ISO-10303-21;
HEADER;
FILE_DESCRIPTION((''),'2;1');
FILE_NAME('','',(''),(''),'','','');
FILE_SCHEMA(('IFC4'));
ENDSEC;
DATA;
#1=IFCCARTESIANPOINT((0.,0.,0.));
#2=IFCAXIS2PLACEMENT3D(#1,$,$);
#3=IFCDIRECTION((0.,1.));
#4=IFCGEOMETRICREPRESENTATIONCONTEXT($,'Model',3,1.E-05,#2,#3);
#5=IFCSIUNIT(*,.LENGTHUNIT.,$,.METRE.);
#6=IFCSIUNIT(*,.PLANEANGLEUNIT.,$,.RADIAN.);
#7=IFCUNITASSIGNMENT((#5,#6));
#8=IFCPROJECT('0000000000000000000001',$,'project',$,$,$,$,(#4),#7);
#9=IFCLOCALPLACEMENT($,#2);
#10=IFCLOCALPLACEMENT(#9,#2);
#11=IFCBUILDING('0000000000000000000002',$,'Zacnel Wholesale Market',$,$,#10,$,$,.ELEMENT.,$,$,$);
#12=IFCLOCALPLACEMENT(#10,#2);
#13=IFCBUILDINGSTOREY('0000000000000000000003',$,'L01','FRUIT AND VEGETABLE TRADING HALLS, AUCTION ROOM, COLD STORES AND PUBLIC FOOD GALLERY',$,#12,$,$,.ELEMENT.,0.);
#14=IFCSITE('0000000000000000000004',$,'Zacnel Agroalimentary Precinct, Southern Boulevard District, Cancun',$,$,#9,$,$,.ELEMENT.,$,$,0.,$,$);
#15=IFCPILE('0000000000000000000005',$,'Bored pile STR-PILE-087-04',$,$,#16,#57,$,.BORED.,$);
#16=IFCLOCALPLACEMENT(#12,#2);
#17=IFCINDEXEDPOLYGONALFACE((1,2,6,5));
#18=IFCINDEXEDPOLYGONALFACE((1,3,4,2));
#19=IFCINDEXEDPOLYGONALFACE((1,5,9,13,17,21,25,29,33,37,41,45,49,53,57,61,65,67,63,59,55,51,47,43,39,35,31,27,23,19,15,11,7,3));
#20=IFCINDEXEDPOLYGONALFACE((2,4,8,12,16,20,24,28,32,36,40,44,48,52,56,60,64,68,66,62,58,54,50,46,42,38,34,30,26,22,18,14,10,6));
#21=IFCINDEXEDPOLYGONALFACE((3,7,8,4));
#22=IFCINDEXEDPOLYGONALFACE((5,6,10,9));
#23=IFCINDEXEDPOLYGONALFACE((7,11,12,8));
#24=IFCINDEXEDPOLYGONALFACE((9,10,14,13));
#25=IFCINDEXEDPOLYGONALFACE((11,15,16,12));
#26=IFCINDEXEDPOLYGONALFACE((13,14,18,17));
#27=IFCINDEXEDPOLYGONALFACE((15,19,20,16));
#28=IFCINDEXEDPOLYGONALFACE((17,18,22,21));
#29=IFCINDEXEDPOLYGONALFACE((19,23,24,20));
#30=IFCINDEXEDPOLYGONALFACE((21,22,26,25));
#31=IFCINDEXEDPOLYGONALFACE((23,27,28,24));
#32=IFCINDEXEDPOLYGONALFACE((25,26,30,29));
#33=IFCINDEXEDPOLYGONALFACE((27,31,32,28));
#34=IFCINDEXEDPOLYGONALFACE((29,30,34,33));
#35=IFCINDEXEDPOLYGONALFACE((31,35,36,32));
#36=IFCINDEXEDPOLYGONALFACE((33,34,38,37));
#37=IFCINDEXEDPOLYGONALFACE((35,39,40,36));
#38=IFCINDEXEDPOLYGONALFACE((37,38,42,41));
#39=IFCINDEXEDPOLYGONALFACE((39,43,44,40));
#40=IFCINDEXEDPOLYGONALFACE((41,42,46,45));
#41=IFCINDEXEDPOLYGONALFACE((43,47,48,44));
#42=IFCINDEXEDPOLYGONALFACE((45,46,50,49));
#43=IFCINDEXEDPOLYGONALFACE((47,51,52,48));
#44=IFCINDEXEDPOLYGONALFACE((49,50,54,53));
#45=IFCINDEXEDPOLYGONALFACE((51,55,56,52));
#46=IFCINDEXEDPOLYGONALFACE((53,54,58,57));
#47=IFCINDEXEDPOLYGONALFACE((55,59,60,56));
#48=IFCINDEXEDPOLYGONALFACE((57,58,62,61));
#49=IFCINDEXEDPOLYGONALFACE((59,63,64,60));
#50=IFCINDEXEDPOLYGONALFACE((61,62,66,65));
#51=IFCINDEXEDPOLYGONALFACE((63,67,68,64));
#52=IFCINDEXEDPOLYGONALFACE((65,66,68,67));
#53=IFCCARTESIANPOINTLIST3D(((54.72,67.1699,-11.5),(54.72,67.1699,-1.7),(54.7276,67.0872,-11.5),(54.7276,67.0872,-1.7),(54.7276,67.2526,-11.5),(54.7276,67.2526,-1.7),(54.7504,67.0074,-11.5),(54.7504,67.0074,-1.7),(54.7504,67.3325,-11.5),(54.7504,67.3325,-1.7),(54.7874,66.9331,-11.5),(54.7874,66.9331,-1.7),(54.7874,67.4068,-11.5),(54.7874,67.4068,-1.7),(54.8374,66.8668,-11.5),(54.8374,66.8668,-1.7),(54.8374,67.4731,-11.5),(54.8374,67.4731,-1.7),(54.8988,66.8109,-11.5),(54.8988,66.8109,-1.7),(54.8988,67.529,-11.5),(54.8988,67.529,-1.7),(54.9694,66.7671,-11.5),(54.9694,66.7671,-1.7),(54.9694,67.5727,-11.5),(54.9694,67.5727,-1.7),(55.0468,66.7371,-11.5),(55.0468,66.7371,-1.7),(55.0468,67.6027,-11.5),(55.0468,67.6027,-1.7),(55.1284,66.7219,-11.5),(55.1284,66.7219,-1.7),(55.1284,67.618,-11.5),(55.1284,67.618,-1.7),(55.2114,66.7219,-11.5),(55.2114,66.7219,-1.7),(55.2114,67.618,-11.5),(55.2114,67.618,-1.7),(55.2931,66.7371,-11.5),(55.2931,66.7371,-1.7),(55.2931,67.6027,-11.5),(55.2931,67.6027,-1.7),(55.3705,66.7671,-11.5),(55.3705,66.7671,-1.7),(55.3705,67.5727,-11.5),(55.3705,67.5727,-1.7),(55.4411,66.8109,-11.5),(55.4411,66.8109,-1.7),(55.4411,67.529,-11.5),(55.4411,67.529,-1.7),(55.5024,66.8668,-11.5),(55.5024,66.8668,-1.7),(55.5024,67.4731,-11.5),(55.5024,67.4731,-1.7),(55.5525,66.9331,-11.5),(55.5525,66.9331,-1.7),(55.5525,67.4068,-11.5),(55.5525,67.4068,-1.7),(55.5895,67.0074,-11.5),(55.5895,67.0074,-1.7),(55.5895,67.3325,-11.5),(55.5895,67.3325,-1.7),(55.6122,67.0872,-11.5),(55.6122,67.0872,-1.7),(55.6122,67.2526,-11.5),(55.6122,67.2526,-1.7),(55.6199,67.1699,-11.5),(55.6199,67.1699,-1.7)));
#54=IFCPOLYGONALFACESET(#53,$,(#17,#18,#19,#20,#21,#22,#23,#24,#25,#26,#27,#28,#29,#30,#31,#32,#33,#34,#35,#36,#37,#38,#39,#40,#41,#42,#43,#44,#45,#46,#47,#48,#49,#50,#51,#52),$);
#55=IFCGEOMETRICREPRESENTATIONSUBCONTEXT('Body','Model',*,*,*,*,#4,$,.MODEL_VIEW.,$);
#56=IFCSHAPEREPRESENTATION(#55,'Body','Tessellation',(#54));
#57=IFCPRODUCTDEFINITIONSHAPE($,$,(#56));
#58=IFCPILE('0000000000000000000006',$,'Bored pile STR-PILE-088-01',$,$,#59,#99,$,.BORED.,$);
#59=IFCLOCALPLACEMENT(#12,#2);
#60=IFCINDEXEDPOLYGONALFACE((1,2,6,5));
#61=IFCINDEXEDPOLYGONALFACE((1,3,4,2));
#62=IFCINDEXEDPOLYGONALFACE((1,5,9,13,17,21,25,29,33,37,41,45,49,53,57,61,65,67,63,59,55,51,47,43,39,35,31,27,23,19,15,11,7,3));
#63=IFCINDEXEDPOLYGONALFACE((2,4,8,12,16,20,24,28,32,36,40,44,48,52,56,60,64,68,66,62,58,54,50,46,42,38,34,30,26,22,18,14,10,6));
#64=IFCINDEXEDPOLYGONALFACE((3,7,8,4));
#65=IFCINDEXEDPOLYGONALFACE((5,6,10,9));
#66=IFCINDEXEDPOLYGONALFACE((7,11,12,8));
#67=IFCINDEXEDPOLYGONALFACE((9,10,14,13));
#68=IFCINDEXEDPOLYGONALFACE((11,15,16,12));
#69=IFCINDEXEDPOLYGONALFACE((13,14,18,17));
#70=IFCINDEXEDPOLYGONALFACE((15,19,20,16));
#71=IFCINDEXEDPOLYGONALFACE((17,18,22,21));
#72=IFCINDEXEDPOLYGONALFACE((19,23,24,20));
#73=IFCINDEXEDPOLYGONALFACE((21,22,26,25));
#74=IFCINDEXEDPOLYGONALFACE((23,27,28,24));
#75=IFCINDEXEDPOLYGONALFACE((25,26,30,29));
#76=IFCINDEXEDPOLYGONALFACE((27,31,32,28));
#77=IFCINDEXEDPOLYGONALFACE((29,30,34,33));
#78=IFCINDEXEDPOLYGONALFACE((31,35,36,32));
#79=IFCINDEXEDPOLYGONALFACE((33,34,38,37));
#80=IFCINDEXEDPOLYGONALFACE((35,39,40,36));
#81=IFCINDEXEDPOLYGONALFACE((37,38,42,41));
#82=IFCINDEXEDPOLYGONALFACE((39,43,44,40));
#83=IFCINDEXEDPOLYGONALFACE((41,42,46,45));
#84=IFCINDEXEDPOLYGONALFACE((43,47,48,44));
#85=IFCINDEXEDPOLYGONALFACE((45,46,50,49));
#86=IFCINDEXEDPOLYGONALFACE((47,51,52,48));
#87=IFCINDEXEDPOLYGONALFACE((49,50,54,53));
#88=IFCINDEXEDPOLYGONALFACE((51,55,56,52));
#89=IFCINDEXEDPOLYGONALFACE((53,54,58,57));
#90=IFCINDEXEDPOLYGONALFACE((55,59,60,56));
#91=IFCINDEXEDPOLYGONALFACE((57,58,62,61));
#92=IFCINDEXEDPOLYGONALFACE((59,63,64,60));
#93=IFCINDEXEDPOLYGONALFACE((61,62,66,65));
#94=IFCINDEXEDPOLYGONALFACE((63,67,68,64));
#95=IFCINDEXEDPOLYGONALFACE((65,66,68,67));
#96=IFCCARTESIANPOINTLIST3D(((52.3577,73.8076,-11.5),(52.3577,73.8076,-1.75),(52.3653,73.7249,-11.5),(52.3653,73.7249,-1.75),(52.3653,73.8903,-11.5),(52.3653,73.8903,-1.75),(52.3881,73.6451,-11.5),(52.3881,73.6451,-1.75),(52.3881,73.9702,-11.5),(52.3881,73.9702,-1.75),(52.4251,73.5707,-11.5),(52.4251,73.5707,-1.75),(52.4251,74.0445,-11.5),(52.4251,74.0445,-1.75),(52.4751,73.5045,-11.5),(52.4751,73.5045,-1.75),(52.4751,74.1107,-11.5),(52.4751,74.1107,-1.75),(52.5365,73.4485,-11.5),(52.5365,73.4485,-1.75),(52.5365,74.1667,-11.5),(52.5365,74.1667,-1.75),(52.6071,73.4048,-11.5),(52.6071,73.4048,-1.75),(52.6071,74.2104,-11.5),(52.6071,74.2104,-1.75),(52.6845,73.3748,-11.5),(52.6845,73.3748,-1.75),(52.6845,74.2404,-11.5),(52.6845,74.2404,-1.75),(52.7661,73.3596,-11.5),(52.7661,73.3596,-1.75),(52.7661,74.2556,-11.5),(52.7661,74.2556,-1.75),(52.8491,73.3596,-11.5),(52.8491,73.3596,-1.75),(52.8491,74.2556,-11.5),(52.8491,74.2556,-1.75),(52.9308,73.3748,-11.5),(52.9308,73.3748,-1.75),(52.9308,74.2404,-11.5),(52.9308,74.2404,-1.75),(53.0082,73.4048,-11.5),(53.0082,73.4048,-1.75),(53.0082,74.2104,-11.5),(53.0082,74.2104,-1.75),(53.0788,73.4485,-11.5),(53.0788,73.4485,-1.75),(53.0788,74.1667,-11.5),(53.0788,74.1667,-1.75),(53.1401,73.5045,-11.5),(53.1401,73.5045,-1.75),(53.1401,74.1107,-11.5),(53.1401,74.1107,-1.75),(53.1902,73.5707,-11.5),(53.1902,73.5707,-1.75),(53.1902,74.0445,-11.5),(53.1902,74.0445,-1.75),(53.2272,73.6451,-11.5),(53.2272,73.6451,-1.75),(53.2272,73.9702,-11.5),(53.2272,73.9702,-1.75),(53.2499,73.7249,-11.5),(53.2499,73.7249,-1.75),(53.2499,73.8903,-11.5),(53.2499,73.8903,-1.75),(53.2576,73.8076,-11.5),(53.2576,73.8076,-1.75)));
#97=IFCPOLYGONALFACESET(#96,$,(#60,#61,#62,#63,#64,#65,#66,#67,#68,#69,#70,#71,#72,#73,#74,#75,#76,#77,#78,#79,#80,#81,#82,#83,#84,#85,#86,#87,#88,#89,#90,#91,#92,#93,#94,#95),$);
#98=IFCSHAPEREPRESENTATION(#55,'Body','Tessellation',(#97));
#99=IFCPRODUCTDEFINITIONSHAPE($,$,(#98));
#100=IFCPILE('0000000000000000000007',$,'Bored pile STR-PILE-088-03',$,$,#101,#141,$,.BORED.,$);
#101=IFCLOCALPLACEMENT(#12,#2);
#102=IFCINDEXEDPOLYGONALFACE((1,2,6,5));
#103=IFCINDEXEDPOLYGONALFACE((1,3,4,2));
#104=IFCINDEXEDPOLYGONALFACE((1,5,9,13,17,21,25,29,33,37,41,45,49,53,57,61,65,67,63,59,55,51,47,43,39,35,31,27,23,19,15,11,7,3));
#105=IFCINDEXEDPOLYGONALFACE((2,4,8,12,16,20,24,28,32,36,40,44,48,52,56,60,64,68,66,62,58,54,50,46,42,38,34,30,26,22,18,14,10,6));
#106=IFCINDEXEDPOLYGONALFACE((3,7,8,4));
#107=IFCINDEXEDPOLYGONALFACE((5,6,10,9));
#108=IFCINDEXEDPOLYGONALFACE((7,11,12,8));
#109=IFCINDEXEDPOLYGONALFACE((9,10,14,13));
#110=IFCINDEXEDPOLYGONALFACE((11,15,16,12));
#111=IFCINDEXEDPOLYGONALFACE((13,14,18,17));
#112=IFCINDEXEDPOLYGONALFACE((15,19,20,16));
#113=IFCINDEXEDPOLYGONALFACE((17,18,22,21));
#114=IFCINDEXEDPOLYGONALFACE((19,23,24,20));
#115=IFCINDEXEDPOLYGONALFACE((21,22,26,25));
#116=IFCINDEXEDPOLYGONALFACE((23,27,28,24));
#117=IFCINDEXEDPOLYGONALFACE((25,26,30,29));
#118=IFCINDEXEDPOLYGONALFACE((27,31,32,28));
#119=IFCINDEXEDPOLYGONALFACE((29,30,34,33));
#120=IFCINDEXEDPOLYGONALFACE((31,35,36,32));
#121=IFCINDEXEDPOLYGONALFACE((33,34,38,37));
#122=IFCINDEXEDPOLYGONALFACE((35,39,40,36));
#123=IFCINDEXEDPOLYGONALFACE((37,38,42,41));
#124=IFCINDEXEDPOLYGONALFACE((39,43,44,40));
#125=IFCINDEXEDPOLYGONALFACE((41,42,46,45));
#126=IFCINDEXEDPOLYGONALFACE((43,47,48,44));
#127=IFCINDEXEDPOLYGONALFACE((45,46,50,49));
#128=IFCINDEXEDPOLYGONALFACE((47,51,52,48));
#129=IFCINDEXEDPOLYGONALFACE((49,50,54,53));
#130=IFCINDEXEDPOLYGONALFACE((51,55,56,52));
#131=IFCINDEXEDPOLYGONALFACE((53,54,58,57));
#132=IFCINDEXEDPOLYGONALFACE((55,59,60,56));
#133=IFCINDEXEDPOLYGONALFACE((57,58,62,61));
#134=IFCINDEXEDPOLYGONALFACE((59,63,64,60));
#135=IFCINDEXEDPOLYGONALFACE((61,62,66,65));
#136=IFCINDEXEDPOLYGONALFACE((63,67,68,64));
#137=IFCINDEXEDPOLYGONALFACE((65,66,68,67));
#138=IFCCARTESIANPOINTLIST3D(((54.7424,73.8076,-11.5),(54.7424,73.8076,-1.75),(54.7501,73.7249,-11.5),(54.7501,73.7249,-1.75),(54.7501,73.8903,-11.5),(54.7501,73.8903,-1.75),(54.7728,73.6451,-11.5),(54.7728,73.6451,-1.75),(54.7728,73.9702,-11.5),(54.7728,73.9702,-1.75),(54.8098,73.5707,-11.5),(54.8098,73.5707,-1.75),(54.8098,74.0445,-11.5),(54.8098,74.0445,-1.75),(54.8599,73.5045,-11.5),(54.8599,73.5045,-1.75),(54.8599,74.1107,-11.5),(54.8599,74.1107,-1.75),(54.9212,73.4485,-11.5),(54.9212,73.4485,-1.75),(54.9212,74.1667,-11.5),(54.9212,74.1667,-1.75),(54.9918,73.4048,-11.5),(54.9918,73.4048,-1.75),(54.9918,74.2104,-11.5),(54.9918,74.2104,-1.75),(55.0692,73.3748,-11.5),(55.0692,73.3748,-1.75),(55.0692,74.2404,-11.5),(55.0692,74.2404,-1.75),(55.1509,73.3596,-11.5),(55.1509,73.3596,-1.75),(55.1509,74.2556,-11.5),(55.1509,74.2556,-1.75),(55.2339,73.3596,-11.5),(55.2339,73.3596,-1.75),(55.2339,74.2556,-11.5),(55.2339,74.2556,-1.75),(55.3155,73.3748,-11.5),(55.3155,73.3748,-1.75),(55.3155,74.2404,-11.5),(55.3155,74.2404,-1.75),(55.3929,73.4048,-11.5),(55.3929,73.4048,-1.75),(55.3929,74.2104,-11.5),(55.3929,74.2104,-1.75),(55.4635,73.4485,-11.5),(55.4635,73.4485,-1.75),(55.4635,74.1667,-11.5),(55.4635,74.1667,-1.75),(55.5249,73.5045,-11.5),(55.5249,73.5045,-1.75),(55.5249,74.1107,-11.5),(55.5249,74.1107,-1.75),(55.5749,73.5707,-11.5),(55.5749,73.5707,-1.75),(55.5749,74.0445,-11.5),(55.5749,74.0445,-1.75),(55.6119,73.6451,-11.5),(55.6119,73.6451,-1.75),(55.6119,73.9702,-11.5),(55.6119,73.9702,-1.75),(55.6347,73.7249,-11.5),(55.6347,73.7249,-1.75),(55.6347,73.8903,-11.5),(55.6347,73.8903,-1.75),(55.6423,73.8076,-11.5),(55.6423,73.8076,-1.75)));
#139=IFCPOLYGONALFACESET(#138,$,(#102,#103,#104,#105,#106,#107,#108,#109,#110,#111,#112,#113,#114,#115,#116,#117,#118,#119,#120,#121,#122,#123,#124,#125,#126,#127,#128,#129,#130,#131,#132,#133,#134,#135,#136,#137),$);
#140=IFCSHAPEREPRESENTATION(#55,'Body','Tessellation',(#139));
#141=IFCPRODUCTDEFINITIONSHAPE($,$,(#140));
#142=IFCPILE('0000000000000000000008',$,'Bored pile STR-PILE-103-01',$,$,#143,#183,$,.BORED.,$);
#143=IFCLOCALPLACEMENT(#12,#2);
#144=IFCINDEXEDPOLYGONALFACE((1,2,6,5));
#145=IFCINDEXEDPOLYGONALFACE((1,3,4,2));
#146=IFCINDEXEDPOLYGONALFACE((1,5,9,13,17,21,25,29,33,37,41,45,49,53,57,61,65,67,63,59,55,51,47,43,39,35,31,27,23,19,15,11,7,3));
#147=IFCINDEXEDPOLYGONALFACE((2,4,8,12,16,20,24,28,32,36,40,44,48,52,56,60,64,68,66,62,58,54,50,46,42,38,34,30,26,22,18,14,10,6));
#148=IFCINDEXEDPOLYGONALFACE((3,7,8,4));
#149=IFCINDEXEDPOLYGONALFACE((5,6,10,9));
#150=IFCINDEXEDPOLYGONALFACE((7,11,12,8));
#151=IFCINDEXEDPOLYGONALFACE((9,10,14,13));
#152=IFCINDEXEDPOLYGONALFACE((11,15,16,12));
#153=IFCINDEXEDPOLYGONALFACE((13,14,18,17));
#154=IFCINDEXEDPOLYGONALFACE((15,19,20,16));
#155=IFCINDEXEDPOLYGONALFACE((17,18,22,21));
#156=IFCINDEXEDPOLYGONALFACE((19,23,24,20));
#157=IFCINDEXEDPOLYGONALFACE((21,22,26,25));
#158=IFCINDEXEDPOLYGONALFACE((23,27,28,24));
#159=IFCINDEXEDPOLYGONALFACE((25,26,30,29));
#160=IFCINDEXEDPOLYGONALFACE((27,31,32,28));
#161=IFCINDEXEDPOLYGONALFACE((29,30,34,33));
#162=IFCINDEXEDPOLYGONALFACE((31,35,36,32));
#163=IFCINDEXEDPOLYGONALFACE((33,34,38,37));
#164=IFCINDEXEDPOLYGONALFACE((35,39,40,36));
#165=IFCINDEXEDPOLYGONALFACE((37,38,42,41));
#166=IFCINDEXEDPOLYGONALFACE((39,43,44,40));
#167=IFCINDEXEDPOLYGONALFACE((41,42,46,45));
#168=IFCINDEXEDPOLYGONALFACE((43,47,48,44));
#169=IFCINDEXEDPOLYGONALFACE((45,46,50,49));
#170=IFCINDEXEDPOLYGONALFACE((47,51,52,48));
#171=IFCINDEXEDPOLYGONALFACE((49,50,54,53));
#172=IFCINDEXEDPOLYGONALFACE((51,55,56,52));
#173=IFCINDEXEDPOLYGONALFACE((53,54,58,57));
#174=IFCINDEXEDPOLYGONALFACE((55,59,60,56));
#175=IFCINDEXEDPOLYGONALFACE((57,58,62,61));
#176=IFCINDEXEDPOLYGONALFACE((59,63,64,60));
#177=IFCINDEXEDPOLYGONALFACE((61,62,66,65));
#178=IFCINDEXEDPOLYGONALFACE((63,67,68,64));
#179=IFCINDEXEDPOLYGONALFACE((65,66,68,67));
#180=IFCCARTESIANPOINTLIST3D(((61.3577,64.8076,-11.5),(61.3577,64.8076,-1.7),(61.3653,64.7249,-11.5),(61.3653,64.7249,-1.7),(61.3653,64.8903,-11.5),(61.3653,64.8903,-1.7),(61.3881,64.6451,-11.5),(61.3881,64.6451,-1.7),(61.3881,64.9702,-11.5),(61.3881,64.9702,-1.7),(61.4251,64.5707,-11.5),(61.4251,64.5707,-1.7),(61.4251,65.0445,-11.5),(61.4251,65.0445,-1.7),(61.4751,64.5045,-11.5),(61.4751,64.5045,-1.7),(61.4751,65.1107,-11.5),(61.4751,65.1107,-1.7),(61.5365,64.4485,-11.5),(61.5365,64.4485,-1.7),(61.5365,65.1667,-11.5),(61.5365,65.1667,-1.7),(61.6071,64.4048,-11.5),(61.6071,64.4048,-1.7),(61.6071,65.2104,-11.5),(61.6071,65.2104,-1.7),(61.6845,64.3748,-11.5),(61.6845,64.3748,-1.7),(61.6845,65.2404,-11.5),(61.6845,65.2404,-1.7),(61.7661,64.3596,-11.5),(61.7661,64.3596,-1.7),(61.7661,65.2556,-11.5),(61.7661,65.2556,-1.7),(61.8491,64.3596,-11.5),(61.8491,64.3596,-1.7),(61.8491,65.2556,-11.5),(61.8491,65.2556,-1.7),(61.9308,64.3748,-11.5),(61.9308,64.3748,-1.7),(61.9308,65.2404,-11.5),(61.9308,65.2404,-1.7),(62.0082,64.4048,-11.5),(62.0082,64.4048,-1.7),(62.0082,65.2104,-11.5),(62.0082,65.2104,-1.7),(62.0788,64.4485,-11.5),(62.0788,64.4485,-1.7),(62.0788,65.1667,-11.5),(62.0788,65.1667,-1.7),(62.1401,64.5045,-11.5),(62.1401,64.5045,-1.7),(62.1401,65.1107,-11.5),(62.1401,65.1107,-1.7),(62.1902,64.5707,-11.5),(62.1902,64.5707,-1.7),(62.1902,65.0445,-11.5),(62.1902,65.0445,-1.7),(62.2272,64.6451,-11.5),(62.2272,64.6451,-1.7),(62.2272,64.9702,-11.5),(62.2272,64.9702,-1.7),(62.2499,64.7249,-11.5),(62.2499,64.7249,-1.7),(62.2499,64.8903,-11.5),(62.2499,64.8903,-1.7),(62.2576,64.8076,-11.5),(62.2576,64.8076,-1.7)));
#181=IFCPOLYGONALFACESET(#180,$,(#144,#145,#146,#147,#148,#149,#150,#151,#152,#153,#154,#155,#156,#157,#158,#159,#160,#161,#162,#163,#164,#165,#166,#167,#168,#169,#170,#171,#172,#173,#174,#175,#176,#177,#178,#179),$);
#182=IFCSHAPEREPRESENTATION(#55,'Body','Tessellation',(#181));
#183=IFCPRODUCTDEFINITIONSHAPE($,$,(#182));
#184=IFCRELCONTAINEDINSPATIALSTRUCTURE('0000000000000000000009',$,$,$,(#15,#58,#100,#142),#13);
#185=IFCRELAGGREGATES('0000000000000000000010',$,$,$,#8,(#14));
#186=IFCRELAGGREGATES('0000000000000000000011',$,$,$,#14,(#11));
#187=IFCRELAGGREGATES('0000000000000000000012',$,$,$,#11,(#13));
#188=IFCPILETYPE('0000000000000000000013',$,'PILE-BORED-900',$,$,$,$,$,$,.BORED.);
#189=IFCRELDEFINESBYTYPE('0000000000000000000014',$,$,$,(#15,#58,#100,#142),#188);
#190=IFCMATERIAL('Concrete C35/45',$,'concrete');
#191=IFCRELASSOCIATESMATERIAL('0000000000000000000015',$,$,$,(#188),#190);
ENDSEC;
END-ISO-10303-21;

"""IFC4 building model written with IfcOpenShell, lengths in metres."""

from ifc_helpers import new_model, si_unit, direction, frame, origin, origin_2d, place, context, subcontext, project, spatial, circle, extrude, material, material_profile, profile_set, type_object, element, save


model = new_model("IFC4")

# Units and contexts
model_context = context("Model", 3, precision=1e-05, world=origin(), true_north=direction((0.0, 1.0)))
body_context = subcontext(model_context, "Body", "Model", "MODEL_VIEW")
ifc_project = project(units=[si_unit("LENGTHUNIT", "METRE"), si_unit("PLANEANGLEUNIT", "RADIAN")], contexts=[model_context])

# Site, building, storey
site_placement = place(None, origin())
site = spatial("IfcSite", under=ifc_project, at=site_placement, Name="Zacnel Agroalimentary Precinct, Southern Boulevard District, Cancun", CompositionType="ELEMENT", RefElevation=0.0)
building_placement = place(site_placement, origin())
building = spatial("IfcBuilding", under=site, at=building_placement, Name="Zacnel Wholesale Market", CompositionType="ELEMENT")
storey_placement = place(building_placement, origin())
storey = spatial("IfcBuildingStorey", under=building, at=storey_placement, Name="L01", Description="FRUIT AND VEGETABLE TRADING HALLS, AUCTION ROOM, COLD STORES AND PUBLIC FOOD GALLERY", CompositionType="ELEMENT", Elevation=0.0)

# Piles
ifc_material_1 = material(Name="Concrete C35/45", Category="concrete")
ifc_material_profile_1 = material_profile(ifc_material_1, circle(Radius=0.45, at=origin_2d()), Name="BORED PILE D900")
ifc_profile_set_1 = profile_set([ifc_material_profile_1], Name="Concrete C35/45")
pile_type = type_object("IfcPileType", Name="PILE-BORED-900", PredefinedType="BORED", material=ifc_profile_set_1)
for number, where, z_axis, x_axis, name in (
    (1, (55.1699, 67.1699, -1.7), (0.0, 0.0, -1.0), (1.0, 0.0, 0.0), "Bored pile STR-PILE-087-04"),
):
    element("IfcPile", number, at=place(storey_placement, frame(where, z_axis=z_axis, x_axis=x_axis)), inside=storey, type_object=pile_type, Name=name, PredefinedType="BORED", context=body_context, shape_type="SweptSolid", body=[
        extrude(circle(Radius=0.45, at=origin_2d()), origin(), (0.0, 0.0, 1.0), 9.8),
    ])
for number, where, z_axis, x_axis, name in (
    (2, (52.8076, 73.8076, -1.75), (0.0, 0.0, -1.0), (1.0, 0.0, 0.0), "Bored pile STR-PILE-088-01"),
    (3, (55.1924, 73.8076, -1.75), (0.0, 0.0, -1.0), (1.0, 0.0, 0.0), "Bored pile STR-PILE-088-03"),
):
    element("IfcPile", number, at=place(storey_placement, frame(where, z_axis=z_axis, x_axis=x_axis)), inside=storey, type_object=pile_type, Name=name, PredefinedType="BORED", context=body_context, shape_type="SweptSolid", body=[
        extrude(circle(Radius=0.45, at=origin_2d()), origin(), (0.0, 0.0, 1.0), 9.75),
    ])
for number, where, z_axis, x_axis, name in (
    (4, (61.8076, 64.8076, -1.7), (0.0, 0.0, -1.0), (1.0, 0.0, 0.0), "Bored pile STR-PILE-103-01"),
):
    element("IfcPile", number, at=place(storey_placement, frame(where, z_axis=z_axis, x_axis=x_axis)), inside=storey, type_object=pile_type, Name=name, PredefinedType="BORED", context=body_context, shape_type="SweptSolid", body=[
        extrude(circle(Radius=0.45, at=origin_2d()), origin(), (0.0, 0.0, 1.0), 9.8),
    ])

save(model, "model.ifc")
